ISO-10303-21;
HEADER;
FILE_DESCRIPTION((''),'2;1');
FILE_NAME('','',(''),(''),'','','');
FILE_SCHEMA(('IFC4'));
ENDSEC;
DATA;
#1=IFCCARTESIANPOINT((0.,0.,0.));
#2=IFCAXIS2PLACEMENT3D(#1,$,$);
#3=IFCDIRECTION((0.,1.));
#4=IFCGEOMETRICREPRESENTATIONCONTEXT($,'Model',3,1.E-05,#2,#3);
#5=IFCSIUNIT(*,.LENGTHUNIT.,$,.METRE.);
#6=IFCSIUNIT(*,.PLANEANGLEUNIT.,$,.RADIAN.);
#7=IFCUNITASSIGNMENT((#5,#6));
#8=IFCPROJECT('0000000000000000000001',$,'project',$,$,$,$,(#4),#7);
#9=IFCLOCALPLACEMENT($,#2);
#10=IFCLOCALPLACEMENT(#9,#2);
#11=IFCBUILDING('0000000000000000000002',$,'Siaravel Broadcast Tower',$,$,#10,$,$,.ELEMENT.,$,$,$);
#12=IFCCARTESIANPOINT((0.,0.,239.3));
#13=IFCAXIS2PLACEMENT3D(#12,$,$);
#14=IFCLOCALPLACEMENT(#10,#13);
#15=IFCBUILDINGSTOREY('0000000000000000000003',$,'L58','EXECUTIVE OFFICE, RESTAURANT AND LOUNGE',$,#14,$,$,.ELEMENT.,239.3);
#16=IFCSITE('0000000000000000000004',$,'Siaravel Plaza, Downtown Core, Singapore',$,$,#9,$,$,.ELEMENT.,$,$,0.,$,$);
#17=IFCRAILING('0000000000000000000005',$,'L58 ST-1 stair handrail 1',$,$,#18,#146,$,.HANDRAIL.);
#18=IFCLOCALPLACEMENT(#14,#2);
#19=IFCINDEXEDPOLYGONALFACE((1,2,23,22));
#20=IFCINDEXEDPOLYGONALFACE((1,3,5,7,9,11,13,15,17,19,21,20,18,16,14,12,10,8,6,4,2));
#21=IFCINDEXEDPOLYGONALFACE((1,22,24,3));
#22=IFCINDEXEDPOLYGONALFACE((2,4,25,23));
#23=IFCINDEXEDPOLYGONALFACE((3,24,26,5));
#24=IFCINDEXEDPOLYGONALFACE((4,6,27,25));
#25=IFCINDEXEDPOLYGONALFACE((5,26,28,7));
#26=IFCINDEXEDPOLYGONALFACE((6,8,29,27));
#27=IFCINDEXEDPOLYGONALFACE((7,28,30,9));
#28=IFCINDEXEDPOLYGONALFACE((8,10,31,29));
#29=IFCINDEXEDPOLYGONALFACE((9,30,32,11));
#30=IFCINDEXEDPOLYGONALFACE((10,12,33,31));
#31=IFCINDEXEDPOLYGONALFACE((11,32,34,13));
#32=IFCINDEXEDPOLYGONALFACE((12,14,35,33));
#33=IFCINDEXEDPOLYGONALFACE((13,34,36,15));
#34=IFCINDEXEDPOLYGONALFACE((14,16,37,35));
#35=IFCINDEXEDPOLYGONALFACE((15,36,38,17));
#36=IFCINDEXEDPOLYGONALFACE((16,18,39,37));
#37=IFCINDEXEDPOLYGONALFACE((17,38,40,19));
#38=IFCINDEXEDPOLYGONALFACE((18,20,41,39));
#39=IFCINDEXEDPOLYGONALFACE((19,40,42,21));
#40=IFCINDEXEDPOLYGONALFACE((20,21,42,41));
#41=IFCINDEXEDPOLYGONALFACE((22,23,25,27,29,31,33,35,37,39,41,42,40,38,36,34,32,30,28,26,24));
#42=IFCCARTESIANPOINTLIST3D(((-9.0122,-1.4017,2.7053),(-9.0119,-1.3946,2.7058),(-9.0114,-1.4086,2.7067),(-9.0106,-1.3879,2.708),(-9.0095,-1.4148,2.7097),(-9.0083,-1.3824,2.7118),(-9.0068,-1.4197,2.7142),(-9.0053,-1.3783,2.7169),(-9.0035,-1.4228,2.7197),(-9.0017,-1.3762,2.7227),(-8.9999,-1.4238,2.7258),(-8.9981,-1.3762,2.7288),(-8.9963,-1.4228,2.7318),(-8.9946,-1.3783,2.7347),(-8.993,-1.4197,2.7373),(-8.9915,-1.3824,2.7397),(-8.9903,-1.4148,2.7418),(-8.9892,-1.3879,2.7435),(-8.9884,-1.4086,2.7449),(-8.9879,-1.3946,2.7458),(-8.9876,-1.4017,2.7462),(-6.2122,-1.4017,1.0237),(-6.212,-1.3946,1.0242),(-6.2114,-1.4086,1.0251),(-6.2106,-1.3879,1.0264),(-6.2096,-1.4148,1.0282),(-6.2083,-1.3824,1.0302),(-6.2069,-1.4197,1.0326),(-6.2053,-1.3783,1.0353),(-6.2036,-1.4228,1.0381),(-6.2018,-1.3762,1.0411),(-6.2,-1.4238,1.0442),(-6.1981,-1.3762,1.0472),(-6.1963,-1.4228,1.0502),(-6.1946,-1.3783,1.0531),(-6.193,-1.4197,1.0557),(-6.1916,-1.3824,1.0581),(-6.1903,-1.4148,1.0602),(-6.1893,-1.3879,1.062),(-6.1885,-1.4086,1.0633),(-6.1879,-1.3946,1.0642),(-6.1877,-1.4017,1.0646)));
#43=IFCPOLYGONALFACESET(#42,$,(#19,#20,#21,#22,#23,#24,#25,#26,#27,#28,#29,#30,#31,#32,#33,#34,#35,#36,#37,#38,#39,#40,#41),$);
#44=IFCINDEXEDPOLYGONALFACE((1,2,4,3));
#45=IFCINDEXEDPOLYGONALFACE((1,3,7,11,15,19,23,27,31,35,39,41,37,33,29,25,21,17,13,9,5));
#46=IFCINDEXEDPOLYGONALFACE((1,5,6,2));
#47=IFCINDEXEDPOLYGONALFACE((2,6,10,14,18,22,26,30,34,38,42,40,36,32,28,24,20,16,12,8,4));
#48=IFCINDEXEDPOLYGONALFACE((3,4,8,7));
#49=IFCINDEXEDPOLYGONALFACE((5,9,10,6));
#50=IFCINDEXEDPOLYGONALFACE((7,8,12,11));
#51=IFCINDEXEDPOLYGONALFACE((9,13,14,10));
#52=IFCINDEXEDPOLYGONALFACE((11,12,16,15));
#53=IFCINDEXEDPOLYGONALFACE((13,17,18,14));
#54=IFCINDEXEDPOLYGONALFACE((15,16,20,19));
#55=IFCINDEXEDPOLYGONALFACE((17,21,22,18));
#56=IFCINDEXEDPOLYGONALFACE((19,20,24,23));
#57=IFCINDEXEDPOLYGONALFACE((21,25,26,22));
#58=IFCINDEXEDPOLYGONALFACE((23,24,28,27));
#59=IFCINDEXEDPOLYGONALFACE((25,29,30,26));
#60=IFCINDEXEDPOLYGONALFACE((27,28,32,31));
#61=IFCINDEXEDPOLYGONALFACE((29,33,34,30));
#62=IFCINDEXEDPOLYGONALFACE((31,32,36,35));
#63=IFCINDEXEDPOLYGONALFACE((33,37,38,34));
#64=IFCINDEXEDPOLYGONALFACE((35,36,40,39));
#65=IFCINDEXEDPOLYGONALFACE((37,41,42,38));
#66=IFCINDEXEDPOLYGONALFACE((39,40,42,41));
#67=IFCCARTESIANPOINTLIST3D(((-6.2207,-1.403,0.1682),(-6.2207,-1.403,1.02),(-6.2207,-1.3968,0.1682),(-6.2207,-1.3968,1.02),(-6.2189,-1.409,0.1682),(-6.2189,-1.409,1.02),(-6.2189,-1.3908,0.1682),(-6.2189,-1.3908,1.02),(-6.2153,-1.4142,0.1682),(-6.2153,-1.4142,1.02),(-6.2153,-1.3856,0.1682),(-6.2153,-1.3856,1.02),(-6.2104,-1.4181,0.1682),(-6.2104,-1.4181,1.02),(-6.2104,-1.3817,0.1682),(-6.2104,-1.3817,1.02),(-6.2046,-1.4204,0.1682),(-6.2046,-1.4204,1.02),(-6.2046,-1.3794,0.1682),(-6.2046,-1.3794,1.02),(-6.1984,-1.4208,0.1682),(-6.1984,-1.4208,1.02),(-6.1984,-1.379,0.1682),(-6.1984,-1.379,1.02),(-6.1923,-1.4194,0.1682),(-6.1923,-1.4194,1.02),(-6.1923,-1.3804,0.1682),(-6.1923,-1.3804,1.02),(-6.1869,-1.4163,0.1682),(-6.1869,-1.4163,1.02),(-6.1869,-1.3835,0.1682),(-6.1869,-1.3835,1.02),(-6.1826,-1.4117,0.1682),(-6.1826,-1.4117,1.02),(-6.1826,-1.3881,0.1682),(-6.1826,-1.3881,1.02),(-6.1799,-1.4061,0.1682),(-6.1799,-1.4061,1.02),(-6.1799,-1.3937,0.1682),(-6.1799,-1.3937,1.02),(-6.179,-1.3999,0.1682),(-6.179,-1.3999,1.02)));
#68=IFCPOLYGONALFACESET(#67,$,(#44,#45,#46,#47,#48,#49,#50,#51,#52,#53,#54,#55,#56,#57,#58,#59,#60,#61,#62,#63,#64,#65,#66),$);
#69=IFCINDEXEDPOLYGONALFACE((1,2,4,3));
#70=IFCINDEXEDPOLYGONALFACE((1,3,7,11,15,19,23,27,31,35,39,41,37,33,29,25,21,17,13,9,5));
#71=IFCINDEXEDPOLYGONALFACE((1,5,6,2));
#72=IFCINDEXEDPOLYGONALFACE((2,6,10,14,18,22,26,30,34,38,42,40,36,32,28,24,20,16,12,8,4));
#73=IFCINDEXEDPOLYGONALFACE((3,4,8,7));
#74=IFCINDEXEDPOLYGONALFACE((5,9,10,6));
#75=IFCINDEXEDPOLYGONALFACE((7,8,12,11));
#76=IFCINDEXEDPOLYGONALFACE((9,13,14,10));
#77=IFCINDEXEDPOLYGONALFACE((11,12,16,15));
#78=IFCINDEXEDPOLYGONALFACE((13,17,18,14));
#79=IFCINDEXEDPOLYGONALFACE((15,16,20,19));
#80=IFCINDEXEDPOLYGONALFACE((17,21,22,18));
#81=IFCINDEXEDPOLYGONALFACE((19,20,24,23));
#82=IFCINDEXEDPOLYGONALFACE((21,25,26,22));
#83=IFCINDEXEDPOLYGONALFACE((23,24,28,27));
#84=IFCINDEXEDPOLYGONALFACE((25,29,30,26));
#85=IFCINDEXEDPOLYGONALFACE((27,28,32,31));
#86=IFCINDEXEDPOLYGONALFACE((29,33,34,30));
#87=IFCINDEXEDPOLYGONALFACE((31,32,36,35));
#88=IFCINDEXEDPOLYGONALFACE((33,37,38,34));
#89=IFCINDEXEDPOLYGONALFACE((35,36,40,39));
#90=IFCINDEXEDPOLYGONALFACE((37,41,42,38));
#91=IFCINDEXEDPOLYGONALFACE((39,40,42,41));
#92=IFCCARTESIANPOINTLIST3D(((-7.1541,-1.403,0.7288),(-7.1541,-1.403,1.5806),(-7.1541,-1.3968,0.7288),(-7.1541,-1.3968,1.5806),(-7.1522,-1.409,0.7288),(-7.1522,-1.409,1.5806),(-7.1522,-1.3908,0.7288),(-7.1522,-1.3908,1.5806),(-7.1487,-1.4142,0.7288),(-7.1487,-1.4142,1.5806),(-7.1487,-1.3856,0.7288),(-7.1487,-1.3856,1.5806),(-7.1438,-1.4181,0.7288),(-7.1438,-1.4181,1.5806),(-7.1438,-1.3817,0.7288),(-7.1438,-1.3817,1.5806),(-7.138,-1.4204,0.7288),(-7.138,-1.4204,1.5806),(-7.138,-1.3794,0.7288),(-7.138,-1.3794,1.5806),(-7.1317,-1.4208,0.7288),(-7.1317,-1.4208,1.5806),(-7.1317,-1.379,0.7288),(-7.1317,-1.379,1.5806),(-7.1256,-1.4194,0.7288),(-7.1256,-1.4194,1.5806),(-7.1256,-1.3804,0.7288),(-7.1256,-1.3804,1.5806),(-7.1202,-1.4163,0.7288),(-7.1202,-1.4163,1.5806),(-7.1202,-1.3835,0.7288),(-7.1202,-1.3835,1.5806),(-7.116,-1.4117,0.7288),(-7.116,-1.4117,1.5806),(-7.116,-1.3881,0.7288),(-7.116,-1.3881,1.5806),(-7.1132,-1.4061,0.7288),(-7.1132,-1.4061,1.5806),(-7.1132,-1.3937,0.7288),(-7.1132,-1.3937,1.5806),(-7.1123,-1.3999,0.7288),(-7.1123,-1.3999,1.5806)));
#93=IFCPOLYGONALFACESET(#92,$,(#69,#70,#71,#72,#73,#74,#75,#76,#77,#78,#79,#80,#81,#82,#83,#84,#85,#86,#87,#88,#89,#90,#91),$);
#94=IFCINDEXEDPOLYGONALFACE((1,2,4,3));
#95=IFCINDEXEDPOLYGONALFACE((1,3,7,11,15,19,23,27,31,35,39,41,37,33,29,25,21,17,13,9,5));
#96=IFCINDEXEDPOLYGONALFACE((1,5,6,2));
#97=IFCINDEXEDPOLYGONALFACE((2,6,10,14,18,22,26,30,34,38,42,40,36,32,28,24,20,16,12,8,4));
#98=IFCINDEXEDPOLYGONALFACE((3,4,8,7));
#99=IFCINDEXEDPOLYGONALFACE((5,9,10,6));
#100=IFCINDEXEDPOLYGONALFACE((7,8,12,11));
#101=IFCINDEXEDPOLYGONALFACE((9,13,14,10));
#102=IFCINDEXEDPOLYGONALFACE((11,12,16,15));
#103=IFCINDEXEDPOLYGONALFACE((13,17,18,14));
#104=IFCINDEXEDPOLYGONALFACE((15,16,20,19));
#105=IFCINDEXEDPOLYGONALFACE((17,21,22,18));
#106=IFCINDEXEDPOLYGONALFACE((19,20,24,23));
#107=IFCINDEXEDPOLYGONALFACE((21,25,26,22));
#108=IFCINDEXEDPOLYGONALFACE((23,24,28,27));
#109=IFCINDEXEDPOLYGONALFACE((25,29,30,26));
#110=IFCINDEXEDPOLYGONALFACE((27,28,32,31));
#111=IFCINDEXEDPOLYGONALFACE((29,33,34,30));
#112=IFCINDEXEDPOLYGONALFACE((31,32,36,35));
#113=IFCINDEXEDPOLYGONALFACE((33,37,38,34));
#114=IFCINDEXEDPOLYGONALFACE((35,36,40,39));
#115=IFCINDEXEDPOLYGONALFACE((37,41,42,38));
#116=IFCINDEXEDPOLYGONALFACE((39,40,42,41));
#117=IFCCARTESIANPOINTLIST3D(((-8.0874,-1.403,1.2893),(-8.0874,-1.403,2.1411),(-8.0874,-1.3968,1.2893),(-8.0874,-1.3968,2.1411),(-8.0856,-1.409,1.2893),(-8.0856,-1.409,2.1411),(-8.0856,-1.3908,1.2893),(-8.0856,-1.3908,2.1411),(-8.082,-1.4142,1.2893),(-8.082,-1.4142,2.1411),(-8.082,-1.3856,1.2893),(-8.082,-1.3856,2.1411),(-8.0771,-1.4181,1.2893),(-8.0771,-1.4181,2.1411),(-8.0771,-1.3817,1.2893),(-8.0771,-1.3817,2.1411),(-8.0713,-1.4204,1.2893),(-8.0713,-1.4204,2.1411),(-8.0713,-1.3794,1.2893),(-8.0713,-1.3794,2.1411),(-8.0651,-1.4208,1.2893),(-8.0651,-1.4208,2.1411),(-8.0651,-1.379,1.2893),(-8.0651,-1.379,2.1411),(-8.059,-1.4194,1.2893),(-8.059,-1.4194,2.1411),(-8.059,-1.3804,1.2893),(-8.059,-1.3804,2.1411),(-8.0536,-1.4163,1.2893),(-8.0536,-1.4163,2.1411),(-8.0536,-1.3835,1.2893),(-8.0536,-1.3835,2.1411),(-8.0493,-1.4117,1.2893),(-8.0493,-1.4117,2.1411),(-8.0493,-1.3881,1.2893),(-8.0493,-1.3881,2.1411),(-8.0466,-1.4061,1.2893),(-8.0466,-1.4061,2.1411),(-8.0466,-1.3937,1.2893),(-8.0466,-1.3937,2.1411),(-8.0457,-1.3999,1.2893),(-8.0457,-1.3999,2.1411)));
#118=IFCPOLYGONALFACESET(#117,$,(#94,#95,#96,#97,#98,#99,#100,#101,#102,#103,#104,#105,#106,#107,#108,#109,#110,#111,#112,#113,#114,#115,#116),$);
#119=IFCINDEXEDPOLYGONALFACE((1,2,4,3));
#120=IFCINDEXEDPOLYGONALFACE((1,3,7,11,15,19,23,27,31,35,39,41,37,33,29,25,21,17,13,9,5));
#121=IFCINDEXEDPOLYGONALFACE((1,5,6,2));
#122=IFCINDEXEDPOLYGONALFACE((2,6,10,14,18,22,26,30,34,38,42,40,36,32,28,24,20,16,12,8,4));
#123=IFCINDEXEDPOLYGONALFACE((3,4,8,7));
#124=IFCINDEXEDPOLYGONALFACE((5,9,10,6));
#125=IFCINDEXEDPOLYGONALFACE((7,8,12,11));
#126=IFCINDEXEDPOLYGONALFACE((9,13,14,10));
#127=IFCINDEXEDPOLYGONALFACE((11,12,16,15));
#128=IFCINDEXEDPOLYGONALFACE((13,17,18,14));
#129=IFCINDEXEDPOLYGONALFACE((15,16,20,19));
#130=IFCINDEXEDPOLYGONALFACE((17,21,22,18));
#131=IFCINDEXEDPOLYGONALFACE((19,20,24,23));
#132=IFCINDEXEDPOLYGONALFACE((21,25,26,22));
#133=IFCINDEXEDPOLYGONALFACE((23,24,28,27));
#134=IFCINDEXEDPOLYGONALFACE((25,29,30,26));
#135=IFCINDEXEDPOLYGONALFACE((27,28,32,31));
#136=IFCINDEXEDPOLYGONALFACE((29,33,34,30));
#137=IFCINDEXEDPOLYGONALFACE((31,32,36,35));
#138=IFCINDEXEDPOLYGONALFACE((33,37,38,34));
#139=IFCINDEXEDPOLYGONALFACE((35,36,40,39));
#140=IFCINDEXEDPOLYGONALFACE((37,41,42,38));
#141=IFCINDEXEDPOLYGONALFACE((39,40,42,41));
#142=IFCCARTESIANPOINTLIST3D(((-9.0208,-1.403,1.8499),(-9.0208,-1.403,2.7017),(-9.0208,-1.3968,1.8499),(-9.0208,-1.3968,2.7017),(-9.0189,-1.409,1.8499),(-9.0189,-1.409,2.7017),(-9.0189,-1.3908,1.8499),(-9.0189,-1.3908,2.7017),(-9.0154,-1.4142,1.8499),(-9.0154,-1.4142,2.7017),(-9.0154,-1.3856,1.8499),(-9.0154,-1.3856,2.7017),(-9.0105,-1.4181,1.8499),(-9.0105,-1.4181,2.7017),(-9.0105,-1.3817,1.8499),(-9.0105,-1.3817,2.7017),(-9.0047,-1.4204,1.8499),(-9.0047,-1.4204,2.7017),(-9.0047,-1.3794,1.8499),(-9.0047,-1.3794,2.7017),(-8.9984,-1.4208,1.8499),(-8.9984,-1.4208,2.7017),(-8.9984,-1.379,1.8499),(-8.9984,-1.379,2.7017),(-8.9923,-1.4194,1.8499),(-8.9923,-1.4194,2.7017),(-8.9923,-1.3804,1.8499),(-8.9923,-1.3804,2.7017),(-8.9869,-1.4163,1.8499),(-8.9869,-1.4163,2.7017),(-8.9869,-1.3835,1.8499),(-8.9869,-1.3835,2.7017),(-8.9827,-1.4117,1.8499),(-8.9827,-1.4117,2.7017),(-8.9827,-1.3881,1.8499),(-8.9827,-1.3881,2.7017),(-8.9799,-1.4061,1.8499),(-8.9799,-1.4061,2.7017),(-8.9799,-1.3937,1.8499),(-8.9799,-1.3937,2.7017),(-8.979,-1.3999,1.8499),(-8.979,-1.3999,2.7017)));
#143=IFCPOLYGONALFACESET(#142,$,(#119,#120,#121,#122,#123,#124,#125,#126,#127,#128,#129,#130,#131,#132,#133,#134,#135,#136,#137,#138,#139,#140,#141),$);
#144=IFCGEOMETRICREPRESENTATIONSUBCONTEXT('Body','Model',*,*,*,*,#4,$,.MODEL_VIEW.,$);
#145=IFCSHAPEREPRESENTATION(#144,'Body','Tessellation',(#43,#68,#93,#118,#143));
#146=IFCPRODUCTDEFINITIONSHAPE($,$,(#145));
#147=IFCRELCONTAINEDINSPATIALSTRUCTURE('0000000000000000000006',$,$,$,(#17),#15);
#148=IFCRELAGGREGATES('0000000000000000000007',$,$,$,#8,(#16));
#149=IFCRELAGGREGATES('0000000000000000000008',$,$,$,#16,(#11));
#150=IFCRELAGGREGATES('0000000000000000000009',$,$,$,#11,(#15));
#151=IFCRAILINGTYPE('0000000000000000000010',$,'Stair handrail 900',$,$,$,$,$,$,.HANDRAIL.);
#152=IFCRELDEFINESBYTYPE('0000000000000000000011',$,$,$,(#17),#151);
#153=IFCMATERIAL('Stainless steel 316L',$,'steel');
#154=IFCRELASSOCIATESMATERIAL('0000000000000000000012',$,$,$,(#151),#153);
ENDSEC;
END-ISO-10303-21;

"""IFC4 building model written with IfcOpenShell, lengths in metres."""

from ifc_helpers import new_model, si_unit, direction, frame, origin, origin_2d, place, context, subcontext, project, spatial, circle, extrude, material, type_object, element, save


model = new_model("IFC4")

# Units and contexts
model_context = context("Model", 3, precision=1e-05, world=origin(), true_north=direction((0.0, 1.0)))
body_context = subcontext(model_context, "Body", "Model", "MODEL_VIEW")
ifc_project = project(units=[si_unit("LENGTHUNIT", "METRE"), si_unit("PLANEANGLEUNIT", "RADIAN")], contexts=[model_context])

# Site, building, storey
site_placement = place(None, origin())
site = spatial("IfcSite", under=ifc_project, at=site_placement, Name="Siaravel Plaza, Downtown Core, Singapore", CompositionType="ELEMENT", RefElevation=0.0)
building_placement = place(site_placement, origin())
building = spatial("IfcBuilding", under=site, at=building_placement, Name="Siaravel Broadcast Tower", CompositionType="ELEMENT")
storey_placement = place(building_placement, frame((0.0, 0.0, 239.3)))
storey = spatial("IfcBuildingStorey", under=building, at=storey_placement, Name="L58", Description="EXECUTIVE OFFICE, RESTAURANT AND LOUNGE", CompositionType="ELEMENT", Elevation=239.3)

# Shared definitions
ifc_material_1 = material(Name="Stainless steel 316L", Category="steel")

# Railing
railing_type_1 = type_object("IfcRailingType", Name="Stair handrail 900", PredefinedType="HANDRAIL", material=ifc_material_1)
railing_1_placement = place(storey_placement, frame((-6.2, -1.3999, 0.1682)))
element("IfcRailing", 1, at=railing_1_placement, inside=storey, type_object=railing_type_1, Name="L58 ST-1 stair handrail 1", PredefinedType="HANDRAIL", context=body_context, shape_type="SweptSolid", body=[
    extrude(circle(Radius=0.0239, at=origin_2d()), frame((0.0, 0.0, 0.876), z_axis=(-0.857275, 0.0, 0.514858), x_axis=(0.0, -1.0, 0.0)), (0.0, 0.0, 1.0), 3.2661),
    extrude(circle(Radius=0.021, at=origin_2d()), origin(), (0.0, 0.0, 1.0), 0.8518),
    extrude(circle(Radius=0.021, at=origin_2d()), frame((-0.9333, 0.0, 0.5605)), (0.0, 0.0, 1.0), 0.8518),
    extrude(circle(Radius=0.021, at=origin_2d()), frame((-1.8667, 0.0, 1.1211)), (0.0, 0.0, 1.0), 0.8518),
    extrude(circle(Radius=0.021, at=origin_2d()), frame((-2.8, 0.0, 1.6816)), (0.0, 0.0, 1.0), 0.8518),
])

save(model, "model.ifc")
